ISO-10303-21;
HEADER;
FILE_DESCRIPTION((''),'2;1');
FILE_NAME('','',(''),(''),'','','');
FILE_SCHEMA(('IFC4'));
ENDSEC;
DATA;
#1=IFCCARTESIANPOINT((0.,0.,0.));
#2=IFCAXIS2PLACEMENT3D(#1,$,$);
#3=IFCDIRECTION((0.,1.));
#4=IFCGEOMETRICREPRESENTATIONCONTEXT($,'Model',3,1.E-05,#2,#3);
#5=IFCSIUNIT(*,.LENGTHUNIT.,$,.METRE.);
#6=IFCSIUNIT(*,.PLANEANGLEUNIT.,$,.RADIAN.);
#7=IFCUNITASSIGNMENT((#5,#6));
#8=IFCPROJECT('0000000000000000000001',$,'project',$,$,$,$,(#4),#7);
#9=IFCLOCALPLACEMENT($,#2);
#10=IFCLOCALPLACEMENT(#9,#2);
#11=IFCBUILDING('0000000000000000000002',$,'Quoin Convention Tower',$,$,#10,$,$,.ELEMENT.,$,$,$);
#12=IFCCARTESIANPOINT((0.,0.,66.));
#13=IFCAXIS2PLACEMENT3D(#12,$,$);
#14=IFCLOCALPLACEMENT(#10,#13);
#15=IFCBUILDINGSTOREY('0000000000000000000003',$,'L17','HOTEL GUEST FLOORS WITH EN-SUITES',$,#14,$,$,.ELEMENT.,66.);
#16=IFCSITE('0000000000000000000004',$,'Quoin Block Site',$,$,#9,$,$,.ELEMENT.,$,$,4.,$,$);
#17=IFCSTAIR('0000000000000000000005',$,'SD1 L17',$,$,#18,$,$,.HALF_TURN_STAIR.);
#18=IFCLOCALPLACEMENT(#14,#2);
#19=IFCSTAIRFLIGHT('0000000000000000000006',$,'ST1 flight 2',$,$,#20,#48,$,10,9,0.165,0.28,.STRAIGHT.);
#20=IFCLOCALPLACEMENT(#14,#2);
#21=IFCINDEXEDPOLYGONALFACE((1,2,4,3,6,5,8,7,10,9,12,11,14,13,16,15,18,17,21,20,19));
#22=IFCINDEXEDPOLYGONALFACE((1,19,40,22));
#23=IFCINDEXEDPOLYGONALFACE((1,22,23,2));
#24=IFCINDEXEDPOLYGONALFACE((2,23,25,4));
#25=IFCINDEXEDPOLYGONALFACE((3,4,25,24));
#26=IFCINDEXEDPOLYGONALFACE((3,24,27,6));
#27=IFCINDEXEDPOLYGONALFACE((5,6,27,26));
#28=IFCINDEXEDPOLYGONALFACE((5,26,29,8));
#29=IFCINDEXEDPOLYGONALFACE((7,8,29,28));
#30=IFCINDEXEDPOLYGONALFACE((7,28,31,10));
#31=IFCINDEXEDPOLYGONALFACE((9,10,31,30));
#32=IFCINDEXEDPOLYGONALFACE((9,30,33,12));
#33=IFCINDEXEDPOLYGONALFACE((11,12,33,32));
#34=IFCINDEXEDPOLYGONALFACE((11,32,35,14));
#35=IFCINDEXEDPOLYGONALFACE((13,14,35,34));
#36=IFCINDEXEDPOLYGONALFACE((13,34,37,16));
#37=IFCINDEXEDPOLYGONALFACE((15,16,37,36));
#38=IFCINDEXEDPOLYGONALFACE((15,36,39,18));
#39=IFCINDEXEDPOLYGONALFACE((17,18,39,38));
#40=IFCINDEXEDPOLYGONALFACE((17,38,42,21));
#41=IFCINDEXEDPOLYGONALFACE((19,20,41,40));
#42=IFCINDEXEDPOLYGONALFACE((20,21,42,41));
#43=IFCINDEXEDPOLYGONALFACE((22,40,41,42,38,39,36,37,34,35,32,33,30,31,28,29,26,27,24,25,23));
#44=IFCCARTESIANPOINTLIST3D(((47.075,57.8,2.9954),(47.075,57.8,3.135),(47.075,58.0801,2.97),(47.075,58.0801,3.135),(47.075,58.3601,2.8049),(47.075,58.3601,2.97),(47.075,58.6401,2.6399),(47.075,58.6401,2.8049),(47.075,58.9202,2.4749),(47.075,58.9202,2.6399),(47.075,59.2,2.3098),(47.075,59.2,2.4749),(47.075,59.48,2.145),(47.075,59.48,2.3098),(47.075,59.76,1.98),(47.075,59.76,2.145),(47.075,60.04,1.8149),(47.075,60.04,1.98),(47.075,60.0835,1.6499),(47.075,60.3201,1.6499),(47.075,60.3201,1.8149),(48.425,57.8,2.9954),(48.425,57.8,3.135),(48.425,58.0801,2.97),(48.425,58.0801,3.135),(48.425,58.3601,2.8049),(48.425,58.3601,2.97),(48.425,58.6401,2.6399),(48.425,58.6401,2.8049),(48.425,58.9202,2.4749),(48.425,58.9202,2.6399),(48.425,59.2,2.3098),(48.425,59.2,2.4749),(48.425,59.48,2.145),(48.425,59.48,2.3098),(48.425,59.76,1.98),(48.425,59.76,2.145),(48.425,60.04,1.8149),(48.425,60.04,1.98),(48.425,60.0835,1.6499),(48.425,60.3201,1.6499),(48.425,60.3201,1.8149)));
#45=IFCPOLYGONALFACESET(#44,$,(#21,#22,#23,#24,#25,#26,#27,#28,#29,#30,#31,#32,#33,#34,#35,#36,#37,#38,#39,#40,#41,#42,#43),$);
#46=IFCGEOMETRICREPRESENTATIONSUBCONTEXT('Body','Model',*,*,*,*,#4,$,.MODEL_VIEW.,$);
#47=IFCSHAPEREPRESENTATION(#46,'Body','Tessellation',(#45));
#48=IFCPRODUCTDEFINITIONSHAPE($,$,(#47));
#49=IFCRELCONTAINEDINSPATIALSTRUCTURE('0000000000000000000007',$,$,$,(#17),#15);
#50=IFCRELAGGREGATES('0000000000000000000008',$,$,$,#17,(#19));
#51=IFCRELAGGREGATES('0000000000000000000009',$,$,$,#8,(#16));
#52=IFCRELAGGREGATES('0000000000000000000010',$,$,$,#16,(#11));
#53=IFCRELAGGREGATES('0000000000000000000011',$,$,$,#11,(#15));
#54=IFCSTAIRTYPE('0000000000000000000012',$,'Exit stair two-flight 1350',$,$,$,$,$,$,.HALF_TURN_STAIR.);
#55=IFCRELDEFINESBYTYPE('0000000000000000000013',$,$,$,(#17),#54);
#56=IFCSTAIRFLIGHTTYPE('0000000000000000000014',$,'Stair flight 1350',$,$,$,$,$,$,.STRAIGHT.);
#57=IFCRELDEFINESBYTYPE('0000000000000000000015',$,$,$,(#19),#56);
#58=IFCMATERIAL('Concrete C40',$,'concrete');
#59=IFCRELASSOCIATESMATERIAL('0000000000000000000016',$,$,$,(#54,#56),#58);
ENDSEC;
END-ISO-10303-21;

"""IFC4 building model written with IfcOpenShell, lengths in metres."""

from ifc_helpers import new_model, si_unit, direction, frame, origin, place, context, subcontext, project, spatial, polyline, outline, extrude, material, type_object, element, aggregate, save


model = new_model("IFC4")

# Units and contexts
model_context = context("Model", 3, precision=1e-05, world=origin(), true_north=direction((0.0, 1.0)))
body_context = subcontext(model_context, "Body", "Model", "MODEL_VIEW")
ifc_project = project(units=[si_unit("LENGTHUNIT", "METRE"), si_unit("PLANEANGLEUNIT", "RADIAN")], contexts=[model_context])

# Site, building, storey
site_placement = place(None, origin())
site = spatial("IfcSite", under=ifc_project, at=site_placement, Name="Quoin Block Site", CompositionType="ELEMENT", RefElevation=4.0)
building_placement = place(site_placement, origin())
building = spatial("IfcBuilding", under=site, at=building_placement, Name="Quoin Convention Tower", CompositionType="ELEMENT")
storey_placement = place(building_placement, frame((0.0, 0.0, 66.0)))
storey = spatial("IfcBuildingStorey", under=building, at=storey_placement, Name="L17", Description="HOTEL GUEST FLOORS WITH EN-SUITES", CompositionType="ELEMENT", Elevation=66.0)

# Stair, stair flight
ifc_material_1 = material(Name="Concrete C40", Category="concrete")
stair_type = type_object("IfcStairType", Name="Exit stair two-flight 1350", PredefinedType="HALF_TURN_STAIR", material=ifc_material_1)
stair_placement = place(storey_placement, origin())
stair = element("IfcStair", 1, at=stair_placement, inside=storey, type_object=stair_type, Name="SD1 L17", PredefinedType="HALF_TURN_STAIR")
stair_flight_type = type_object("IfcStairFlightType", Name="Stair flight 1350", PredefinedType="STRAIGHT", material=ifc_material_1)
stair_flight_placement = place(storey_placement, frame((47.75, 60.3201, 1.6499), z_axis=(0.0, 0.0, 1.0), x_axis=(0.0, -1.0, 0.0)))
stair_flight = element("IfcStairFlight", 2, at=stair_flight_placement, type_object=stair_flight_type, Name="ST1 flight 2", NumberOfRisers=10, NumberOfTreads=9, PredefinedType="STRAIGHT", RiserHeight=0.165, TreadLength=0.28, context=body_context, shape_type="SweptSolid", body=[
    extrude(outline(polyline([(0.0, 0.0), (0.0, 0.165), (0.28, 0.165), (0.28, 0.3301), (0.5601, 0.3301), (0.5601, 0.4951), (0.8401, 0.4951), (0.8401, 0.6599), (1.1201, 0.6599), (1.1201, 0.825), (1.3999, 0.825), (1.3999, 0.99), (1.6799, 0.99), (1.6799, 1.155), (1.96, 1.155), (1.96, 1.3201), (2.24, 1.3201), (2.24, 1.4851), (2.52, 1.4851), (2.52, 1.6499), (2.52, 1.3455), (0.2366, 0.0), (0.0, 0.0)])), frame((0.0, 0.675, 0.0), z_axis=(0.0, -1.0, 0.0), x_axis=(1.0, 0.0, 0.0)), (0.0, 0.0, 1.0), 1.3501),
])
aggregate(stair, [stair_flight])

save(model, "model.ifc")
